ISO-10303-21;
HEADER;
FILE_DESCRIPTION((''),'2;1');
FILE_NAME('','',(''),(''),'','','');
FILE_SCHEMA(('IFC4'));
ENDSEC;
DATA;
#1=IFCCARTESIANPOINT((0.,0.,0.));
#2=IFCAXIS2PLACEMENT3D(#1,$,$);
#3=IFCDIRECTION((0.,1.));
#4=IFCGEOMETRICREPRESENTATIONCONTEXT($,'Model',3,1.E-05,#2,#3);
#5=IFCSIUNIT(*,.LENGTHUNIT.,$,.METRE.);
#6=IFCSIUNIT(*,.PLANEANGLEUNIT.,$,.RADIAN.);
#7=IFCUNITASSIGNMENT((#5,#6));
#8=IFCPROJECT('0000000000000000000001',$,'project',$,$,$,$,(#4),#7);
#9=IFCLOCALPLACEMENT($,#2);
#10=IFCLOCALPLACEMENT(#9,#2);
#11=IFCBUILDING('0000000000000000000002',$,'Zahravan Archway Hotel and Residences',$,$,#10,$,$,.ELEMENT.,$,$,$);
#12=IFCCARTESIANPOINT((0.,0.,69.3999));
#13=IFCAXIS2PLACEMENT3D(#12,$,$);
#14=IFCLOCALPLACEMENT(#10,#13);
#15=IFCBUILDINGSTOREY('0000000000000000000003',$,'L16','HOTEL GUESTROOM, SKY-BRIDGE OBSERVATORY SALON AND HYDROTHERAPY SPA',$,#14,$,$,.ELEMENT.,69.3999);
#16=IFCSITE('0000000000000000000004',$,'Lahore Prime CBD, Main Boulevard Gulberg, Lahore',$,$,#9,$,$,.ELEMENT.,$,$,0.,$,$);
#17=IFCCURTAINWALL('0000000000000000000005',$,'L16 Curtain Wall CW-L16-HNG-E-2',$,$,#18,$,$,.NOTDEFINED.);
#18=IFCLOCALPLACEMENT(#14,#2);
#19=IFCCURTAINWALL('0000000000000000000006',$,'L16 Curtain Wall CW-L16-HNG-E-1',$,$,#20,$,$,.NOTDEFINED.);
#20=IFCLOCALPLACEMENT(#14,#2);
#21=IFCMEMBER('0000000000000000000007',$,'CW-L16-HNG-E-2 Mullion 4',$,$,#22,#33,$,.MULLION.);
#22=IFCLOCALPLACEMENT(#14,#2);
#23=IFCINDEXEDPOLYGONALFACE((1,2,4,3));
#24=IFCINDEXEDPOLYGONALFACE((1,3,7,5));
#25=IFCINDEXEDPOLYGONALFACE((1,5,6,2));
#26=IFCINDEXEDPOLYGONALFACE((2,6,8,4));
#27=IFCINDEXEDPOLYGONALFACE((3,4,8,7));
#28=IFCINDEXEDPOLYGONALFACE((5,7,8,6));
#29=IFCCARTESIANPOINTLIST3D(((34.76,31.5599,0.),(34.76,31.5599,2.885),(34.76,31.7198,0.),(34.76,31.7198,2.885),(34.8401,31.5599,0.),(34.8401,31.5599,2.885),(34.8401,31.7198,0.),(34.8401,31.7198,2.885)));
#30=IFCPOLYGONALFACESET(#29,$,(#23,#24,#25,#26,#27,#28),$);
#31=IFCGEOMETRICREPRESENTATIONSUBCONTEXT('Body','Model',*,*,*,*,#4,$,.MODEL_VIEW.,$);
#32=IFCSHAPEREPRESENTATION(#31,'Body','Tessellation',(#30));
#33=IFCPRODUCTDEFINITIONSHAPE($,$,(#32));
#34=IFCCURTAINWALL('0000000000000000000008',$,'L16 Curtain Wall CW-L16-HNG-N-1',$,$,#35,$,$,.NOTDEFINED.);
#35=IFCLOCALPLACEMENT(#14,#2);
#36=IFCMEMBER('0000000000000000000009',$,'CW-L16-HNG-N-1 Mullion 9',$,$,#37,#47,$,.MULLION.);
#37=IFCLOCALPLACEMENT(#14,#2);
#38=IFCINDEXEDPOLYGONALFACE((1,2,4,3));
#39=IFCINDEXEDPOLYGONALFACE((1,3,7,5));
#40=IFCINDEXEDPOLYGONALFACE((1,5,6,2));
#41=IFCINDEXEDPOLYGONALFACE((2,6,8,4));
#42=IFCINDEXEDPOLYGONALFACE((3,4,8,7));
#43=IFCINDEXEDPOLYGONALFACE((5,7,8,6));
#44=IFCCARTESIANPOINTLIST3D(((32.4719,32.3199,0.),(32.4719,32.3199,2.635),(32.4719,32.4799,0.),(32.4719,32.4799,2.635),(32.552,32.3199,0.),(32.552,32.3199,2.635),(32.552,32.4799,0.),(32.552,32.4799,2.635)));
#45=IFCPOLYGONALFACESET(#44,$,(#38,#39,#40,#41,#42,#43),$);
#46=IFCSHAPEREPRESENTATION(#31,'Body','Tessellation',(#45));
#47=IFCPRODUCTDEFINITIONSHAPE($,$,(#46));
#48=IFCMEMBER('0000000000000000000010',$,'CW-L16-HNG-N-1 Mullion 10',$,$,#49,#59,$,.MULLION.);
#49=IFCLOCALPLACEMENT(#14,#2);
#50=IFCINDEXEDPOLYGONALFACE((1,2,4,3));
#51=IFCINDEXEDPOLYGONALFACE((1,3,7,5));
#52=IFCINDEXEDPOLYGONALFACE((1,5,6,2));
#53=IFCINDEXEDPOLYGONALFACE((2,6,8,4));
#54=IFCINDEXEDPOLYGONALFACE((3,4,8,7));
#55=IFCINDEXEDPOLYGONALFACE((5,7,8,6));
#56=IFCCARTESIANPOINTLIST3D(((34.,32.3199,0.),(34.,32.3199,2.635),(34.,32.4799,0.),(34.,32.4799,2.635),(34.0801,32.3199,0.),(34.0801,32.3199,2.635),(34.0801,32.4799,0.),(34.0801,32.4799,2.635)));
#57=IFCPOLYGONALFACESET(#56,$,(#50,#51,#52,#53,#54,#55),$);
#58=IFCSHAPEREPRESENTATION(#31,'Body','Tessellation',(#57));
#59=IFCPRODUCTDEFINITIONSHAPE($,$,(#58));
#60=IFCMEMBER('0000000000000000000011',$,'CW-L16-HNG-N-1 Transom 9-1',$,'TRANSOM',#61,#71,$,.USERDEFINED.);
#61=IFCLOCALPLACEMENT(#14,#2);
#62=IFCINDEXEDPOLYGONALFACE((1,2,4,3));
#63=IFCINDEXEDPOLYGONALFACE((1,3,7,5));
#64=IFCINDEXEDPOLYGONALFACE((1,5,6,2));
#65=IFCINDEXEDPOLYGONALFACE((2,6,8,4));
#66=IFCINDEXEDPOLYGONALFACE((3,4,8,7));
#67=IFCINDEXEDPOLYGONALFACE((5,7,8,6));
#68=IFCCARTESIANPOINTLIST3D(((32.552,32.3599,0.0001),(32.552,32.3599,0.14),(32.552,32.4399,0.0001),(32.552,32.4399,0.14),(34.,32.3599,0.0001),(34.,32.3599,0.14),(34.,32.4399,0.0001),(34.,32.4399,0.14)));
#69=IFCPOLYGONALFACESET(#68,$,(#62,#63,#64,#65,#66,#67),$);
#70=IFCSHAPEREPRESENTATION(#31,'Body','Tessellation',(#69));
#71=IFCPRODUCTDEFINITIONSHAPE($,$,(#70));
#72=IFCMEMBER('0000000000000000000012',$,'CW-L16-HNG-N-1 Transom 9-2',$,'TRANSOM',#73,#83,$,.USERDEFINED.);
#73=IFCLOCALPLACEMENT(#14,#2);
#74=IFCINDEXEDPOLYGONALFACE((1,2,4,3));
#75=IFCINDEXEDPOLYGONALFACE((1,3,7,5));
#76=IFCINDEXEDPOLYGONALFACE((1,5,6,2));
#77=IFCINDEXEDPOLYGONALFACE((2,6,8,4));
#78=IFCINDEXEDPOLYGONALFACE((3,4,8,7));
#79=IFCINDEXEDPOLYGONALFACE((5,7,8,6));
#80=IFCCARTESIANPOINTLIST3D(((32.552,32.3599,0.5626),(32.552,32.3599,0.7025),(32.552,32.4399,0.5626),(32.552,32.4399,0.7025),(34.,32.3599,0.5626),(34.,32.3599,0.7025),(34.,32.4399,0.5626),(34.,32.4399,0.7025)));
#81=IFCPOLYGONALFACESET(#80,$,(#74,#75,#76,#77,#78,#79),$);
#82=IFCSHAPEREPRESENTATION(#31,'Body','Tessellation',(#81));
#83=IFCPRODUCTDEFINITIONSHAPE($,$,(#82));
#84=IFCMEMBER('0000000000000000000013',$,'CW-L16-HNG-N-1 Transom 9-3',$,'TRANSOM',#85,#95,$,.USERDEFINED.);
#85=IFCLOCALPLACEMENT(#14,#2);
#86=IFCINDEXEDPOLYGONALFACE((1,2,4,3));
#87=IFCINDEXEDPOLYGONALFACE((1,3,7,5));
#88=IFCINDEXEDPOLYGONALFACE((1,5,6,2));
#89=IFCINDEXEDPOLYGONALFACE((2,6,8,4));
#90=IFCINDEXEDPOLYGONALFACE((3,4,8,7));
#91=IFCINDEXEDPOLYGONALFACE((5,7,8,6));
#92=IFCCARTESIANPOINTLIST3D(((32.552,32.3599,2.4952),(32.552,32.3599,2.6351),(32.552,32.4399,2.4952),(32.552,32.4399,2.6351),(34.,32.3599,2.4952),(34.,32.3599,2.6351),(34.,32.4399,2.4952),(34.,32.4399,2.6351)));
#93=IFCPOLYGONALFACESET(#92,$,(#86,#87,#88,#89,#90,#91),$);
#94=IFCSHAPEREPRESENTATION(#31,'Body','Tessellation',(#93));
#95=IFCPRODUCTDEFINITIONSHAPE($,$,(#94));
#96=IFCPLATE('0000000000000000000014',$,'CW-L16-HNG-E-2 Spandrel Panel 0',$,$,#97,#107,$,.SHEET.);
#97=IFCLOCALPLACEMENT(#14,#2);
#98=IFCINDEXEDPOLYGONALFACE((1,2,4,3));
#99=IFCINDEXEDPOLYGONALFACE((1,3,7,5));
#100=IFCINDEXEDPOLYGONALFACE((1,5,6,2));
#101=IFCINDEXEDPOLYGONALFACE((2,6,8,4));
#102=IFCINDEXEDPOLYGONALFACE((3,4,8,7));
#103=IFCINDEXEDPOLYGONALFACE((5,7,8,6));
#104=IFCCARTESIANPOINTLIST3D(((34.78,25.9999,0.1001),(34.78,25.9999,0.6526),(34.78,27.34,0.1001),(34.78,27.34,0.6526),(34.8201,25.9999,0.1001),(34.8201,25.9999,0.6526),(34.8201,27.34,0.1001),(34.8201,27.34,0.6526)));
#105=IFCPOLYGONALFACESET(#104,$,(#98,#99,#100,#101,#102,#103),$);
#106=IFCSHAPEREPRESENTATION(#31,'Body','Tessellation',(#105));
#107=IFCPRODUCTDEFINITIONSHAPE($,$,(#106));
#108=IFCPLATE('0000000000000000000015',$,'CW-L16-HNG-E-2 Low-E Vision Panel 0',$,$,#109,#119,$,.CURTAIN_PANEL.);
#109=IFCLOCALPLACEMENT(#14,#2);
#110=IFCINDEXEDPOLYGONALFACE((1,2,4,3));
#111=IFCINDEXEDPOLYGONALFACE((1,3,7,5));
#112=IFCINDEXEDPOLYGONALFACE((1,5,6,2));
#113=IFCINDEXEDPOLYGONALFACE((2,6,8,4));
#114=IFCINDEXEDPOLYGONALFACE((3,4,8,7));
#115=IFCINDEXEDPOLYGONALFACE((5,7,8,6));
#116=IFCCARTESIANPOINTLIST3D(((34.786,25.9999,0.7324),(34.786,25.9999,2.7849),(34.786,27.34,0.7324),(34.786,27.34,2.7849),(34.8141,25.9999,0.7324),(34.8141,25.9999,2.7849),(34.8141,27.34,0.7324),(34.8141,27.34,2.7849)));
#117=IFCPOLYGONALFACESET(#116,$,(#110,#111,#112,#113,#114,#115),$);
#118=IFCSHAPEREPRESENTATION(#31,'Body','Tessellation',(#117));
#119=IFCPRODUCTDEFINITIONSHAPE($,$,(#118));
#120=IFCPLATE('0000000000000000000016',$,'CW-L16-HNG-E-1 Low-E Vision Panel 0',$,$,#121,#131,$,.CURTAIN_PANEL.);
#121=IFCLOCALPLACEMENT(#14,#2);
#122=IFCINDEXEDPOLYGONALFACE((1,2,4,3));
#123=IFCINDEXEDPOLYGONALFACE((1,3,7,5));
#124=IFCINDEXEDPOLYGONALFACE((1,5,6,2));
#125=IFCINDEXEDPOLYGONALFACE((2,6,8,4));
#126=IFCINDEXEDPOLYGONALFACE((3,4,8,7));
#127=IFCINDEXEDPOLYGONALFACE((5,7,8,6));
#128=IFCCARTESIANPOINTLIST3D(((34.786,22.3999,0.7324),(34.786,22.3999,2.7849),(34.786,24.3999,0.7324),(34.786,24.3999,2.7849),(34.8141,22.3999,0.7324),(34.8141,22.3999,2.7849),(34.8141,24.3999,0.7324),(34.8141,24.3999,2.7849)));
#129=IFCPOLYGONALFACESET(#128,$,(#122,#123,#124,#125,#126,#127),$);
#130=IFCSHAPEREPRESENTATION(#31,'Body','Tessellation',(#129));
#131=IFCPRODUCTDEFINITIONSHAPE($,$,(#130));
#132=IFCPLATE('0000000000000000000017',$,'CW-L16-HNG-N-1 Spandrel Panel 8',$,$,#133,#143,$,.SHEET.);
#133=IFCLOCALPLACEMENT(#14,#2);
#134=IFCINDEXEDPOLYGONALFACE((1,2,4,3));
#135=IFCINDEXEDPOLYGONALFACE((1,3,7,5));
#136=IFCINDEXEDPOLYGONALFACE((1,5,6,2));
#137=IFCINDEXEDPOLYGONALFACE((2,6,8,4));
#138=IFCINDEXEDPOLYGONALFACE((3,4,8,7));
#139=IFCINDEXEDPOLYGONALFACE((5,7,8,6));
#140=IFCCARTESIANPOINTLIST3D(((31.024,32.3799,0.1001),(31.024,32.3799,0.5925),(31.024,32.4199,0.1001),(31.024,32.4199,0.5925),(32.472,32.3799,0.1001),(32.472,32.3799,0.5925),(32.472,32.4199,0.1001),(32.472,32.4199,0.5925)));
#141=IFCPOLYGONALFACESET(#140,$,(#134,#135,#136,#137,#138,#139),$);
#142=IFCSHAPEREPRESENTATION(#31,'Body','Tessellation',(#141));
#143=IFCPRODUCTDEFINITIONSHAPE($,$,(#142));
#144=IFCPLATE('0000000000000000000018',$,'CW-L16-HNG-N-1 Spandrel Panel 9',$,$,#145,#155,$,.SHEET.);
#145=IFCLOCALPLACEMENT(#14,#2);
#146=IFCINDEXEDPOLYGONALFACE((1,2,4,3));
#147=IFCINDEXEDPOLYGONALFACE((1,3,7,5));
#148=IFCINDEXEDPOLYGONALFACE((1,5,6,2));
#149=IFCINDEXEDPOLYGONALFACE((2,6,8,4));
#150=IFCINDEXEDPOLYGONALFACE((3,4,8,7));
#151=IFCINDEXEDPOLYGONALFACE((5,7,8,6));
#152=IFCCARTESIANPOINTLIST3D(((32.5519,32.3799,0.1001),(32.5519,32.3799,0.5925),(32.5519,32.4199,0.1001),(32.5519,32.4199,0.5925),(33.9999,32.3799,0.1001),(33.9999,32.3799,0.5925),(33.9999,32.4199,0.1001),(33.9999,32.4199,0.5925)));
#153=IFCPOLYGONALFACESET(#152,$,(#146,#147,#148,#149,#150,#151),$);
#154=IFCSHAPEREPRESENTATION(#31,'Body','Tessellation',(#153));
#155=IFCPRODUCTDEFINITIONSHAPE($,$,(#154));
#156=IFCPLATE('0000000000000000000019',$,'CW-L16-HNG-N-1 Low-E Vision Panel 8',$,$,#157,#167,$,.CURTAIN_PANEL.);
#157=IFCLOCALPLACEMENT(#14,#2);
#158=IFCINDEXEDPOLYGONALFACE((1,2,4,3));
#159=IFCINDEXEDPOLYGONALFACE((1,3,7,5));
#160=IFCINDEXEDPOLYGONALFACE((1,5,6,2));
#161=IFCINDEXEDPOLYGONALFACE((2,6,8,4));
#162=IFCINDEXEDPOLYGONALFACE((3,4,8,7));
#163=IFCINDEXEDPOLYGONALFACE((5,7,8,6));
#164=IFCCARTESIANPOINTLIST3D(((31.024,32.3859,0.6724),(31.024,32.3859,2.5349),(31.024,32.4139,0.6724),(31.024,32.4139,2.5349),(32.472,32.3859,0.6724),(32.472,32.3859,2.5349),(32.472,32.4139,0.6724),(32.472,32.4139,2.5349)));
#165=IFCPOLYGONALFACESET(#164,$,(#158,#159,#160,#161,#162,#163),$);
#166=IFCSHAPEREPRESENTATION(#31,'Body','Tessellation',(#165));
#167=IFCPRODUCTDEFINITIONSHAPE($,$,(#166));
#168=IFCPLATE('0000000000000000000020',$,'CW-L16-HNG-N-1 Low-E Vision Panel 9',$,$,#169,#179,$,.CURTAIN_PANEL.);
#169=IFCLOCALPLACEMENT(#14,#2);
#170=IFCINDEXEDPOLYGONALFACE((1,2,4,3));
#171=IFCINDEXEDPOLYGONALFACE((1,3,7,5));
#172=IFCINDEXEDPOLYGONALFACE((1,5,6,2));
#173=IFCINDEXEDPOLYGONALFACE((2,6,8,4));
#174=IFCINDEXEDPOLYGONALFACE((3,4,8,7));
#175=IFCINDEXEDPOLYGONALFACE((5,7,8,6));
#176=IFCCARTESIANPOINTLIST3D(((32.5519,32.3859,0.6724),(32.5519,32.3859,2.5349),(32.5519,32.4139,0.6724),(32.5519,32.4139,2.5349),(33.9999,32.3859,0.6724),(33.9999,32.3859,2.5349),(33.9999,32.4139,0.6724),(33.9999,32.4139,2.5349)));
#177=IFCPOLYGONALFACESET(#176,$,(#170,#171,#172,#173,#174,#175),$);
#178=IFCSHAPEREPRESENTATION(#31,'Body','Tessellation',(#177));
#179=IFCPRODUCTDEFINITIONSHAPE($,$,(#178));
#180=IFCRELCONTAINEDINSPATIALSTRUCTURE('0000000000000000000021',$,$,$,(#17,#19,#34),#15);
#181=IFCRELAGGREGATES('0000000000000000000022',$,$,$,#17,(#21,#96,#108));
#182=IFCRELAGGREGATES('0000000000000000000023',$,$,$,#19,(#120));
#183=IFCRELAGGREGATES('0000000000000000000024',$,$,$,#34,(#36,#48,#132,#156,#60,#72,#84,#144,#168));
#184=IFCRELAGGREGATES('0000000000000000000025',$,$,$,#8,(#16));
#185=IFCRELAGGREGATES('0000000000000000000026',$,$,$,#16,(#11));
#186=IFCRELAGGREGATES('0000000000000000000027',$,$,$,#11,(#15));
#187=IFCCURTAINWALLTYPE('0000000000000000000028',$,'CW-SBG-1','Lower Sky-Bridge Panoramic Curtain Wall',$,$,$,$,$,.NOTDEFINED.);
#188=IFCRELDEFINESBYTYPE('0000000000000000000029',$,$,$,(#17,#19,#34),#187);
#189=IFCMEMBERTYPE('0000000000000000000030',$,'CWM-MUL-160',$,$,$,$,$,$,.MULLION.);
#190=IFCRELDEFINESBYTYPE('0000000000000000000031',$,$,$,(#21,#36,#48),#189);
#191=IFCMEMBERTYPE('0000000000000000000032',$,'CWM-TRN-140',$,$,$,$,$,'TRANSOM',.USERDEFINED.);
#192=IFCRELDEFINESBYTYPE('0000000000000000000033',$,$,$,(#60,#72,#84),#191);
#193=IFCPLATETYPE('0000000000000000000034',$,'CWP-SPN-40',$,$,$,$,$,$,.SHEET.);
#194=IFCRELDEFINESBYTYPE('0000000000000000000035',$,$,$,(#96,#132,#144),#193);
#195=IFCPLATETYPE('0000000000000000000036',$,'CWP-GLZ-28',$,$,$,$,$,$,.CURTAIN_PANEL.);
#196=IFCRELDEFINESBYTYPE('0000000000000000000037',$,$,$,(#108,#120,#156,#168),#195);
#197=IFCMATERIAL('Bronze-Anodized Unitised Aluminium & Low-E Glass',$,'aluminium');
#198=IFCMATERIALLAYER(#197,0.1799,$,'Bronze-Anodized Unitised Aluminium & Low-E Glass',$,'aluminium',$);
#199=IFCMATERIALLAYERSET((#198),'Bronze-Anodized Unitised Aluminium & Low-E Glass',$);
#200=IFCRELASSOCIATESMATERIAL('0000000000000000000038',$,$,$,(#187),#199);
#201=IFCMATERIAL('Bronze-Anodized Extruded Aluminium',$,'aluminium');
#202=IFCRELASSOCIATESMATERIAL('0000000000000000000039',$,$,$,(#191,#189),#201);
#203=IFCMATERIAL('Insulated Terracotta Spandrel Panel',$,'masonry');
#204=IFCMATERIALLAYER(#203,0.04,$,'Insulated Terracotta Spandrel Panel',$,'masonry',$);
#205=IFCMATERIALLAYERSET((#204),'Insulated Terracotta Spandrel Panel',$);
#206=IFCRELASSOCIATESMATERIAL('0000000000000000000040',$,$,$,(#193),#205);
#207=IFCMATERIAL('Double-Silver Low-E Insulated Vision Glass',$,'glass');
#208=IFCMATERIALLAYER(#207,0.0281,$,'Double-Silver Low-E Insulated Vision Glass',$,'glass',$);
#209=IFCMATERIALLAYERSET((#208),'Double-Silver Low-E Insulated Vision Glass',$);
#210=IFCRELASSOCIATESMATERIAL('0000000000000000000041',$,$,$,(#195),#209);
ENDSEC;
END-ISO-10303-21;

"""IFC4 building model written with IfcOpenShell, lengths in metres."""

from ifc_helpers import new_model, si_unit, direction, frame, origin, origin_2d, place, context, subcontext, project, spatial, rectangle, extrude, source, transform, mapped, material, layer, layer_set, material_profile, profile_set, type_object, element, aggregate, save


model = new_model("IFC4")

# Units and contexts
model_context = context("Model", 3, precision=1e-05, world=origin(), true_north=direction((0.0, 1.0)))
body_context = subcontext(model_context, "Body", "Model", "MODEL_VIEW")
ifc_project = project(units=[si_unit("LENGTHUNIT", "METRE"), si_unit("PLANEANGLEUNIT", "RADIAN")], contexts=[model_context])

# Site, building, storey
site_placement = place(None, origin())
site = spatial("IfcSite", under=ifc_project, at=site_placement, Name="Lahore Prime CBD, Main Boulevard Gulberg, Lahore", CompositionType="ELEMENT", RefElevation=0.0)
building_placement = place(site_placement, origin())
building = spatial("IfcBuilding", under=site, at=building_placement, Name="Zahravan Archway Hotel and Residences", CompositionType="ELEMENT")
storey_placement = place(building_placement, frame((0.0, 0.0, 69.3999)))
storey = spatial("IfcBuildingStorey", under=building, at=storey_placement, Name="L16", Description="HOTEL GUESTROOM, SKY-BRIDGE OBSERVATORY SALON AND HYDROTHERAPY SPA", CompositionType="ELEMENT", Elevation=69.3999)

# Curtain wall
ifc_material_1 = material(Name="Bronze-Anodized Unitised Aluminium & Low-E Glass", Category="aluminium")
ifc_layer_1 = layer(ifc_material_1, 0.1799, Name="Bronze-Anodized Unitised Aluminium & Low-E Glass", Category="aluminium")
ifc_layer_set_1 = layer_set([ifc_layer_1], Name="Bronze-Anodized Unitised Aluminium & Low-E Glass")
curtain_wall_type = type_object("IfcCurtainWallType", Name="CW-SBG-1", Description="Lower Sky-Bridge Panoramic Curtain Wall", PredefinedType="NOTDEFINED", material=ifc_layer_set_1)
curtain_wall_1_placement = place(storey_placement, origin())
curtain_wall_1 = element("IfcCurtainWall", 1, at=curtain_wall_1_placement, inside=storey, type_object=curtain_wall_type, Name="L16 Curtain Wall CW-L16-HNG-E-2", PredefinedType="NOTDEFINED")
ifc_material_2 = material(Name="Bronze-Anodized Extruded Aluminium", Category="aluminium")
ifc_material_profile_1 = material_profile(ifc_material_2, rectangle(XDim=0.0801, YDim=0.1399, at=origin_2d()), Name="TRN 80x140", Category="aluminium")
ifc_profile_set_1 = profile_set([ifc_material_profile_1], Name="Bronze-Anodized Extruded Aluminium")
member_type_1 = type_object("IfcMemberType", Name="CWM-TRN-140", ElementType="TRANSOM", PredefinedType="USERDEFINED", material=ifc_profile_set_1)

# Curtain wall
curtain_wall_2_placement = place(storey_placement, origin())
curtain_wall_2 = element("IfcCurtainWall", 2, at=curtain_wall_2_placement, inside=storey, type_object=curtain_wall_type, Name="L16 Curtain Wall CW-L16-HNG-E-1", PredefinedType="NOTDEFINED")
ifc_material_profile_2 = material_profile(ifc_material_2, rectangle(XDim=0.0801, YDim=0.1599, at=origin_2d()), Name="MUL 80x160", Category="aluminium")
ifc_profile_set_2 = profile_set([ifc_material_profile_2], Name="Bronze-Anodized Extruded Aluminium")
member_type_2 = type_object("IfcMemberType", Name="CWM-MUL-160", PredefinedType="MULLION", material=ifc_profile_set_2)
shared_shape_1 = source(origin(), body_context, "Body", "SweptSolid", [
    extrude(rectangle(XDim=0.0801, YDim=0.1599, at=origin_2d()), origin(), (0.0, 0.0, 1.0), 2.885),
])

# Member
member_1_placement = place(storey_placement, frame((34.8, 31.6399, 0.0), z_axis=(0.0, 0.0, 1.0), x_axis=(1.0, 0.0, 0.0)))
member_1 = element("IfcMember", 3, at=member_1_placement, type_object=member_type_2, Name="CW-L16-HNG-E-2 Mullion 4", PredefinedType="MULLION", context=body_context, shape_type="MappedRepresentation", body=[
    mapped(shared_shape_1, transform((0.0, 0.0, 0.0), scale=1.0)),
])

# Curtain wall, members
curtain_wall_3_placement = place(storey_placement, origin())
curtain_wall_3 = element("IfcCurtainWall", 4, at=curtain_wall_3_placement, inside=storey, type_object=curtain_wall_type, Name="L16 Curtain Wall CW-L16-HNG-N-1", PredefinedType="NOTDEFINED")
shared_shape_2 = source(origin(), body_context, "Body", "SweptSolid", [
    extrude(rectangle(XDim=0.0801, YDim=0.1599, at=origin_2d()), origin(), (0.0, 0.0, 1.0), 2.635),
])
member_2_placement = place(storey_placement, frame((32.512, 32.3999, 0.0), z_axis=(0.0, 0.0, 1.0), x_axis=(1.0, 0.0, 0.0)))
member_2 = element("IfcMember", 5, at=member_2_placement, type_object=member_type_2, Name="CW-L16-HNG-N-1 Mullion 9", PredefinedType="MULLION", context=body_context, shape_type="MappedRepresentation", body=[
    mapped(shared_shape_2, transform((0.0, 0.0, 0.0), scale=1.0)),
])
member_3_placement = place(storey_placement, frame((34.04, 32.3999, 0.0), z_axis=(0.0, 0.0, 1.0), x_axis=(1.0, 0.0, 0.0)))
member_3 = element("IfcMember", 6, at=member_3_placement, type_object=member_type_2, Name="CW-L16-HNG-N-1 Mullion 10", PredefinedType="MULLION", context=body_context, shape_type="MappedRepresentation", body=[
    mapped(shared_shape_2, transform((0.0, 0.0, 0.0), scale=1.0)),
])
shared_shape_3 = source(origin(), body_context, "Body", "SweptSolid", [
    extrude(rectangle(XDim=0.0801, YDim=0.1399, at=origin_2d()), origin(), (0.0, 0.0, 1.0), 1.448),
])
member_4_placement = place(storey_placement, frame((32.552, 32.3999, 0.0701), z_axis=(1.0, 0.0, 0.0), x_axis=(0.0, 1.0, 0.0)))
member_4 = element("IfcMember", 7, at=member_4_placement, type_object=member_type_1, Name="CW-L16-HNG-N-1 Transom 9-1", ObjectType="TRANSOM", PredefinedType="USERDEFINED", context=body_context, shape_type="MappedRepresentation", body=[
    mapped(shared_shape_3, transform((0.0, 0.0, 0.0), scale=1.0)),
])
member_5_placement = place(storey_placement, frame((32.552, 32.3999, 0.6326), z_axis=(1.0, 0.0, 0.0), x_axis=(0.0, 1.0, 0.0)))
member_5 = element("IfcMember", 8, at=member_5_placement, type_object=member_type_1, Name="CW-L16-HNG-N-1 Transom 9-2", ObjectType="TRANSOM", PredefinedType="USERDEFINED", context=body_context, shape_type="MappedRepresentation", body=[
    mapped(shared_shape_3, transform((0.0, 0.0, 0.0), scale=1.0)),
])
member_6_placement = place(storey_placement, frame((32.552, 32.3999, 2.5652), z_axis=(1.0, 0.0, 0.0), x_axis=(0.0, 1.0, 0.0)))
member_6 = element("IfcMember", 9, at=member_6_placement, type_object=member_type_1, Name="CW-L16-HNG-N-1 Transom 9-3", ObjectType="TRANSOM", PredefinedType="USERDEFINED", context=body_context, shape_type="MappedRepresentation", body=[
    mapped(shared_shape_3, transform((0.0, 0.0, 0.0), scale=1.0)),
])

# Plates
ifc_material_3 = material(Name="Insulated Terracotta Spandrel Panel", Category="masonry")
ifc_layer_2 = layer(ifc_material_3, 0.04, Name="Insulated Terracotta Spandrel Panel", Category="masonry")
ifc_layer_set_2 = layer_set([ifc_layer_2], Name="Insulated Terracotta Spandrel Panel")
plate_type_1 = type_object("IfcPlateType", Name="CWP-SPN-40", PredefinedType="SHEET", material=ifc_layer_set_2)
shared_shape_4 = source(origin(), body_context, "Body", "SweptSolid", [
    extrude(rectangle(XDim=1.3401, YDim=0.04, at=origin_2d()), origin(), (0.0, 0.0, 1.0), 0.5525),
])
plate_1_placement = place(storey_placement, frame((34.8, 26.6699, 0.1001), z_axis=(0.0, 0.0, 1.0), x_axis=(0.0, 1.0, 0.0)))
plate_1 = element("IfcPlate", 10, at=plate_1_placement, type_object=plate_type_1, Name="CW-L16-HNG-E-2 Spandrel Panel 0", PredefinedType="SHEET", context=body_context, shape_type="MappedRepresentation", body=[
    mapped(shared_shape_4, transform((0.0, 0.0, 0.0), scale=1.0)),
])
ifc_material_4 = material(Name="Double-Silver Low-E Insulated Vision Glass", Category="glass")
ifc_layer_3 = layer(ifc_material_4, 0.0281, Name="Double-Silver Low-E Insulated Vision Glass", Category="glass")
ifc_layer_set_3 = layer_set([ifc_layer_3], Name="Double-Silver Low-E Insulated Vision Glass")
plate_type_2 = type_object("IfcPlateType", Name="CWP-GLZ-28", PredefinedType="CURTAIN_PANEL", material=ifc_layer_set_3)
shared_shape_5 = source(origin(), body_context, "Body", "SweptSolid", [
    extrude(rectangle(XDim=1.3401, YDim=0.0281, at=origin_2d()), origin(), (0.0, 0.0, 1.0), 2.0525),
])
plate_2_placement = place(storey_placement, frame((34.8, 26.6699, 0.7324), z_axis=(0.0, 0.0, 1.0), x_axis=(0.0, 1.0, 0.0)))
plate_2 = element("IfcPlate", 11, at=plate_2_placement, type_object=plate_type_2, Name="CW-L16-HNG-E-2 Low-E Vision Panel 0", PredefinedType="CURTAIN_PANEL", context=body_context, shape_type="MappedRepresentation", body=[
    mapped(shared_shape_5, transform((0.0, 0.0, 0.0), scale=1.0)),
])
aggregate(curtain_wall_1, [member_1, plate_1, plate_2])
shared_shape_6 = source(origin(), body_context, "Body", "SweptSolid", [
    extrude(rectangle(XDim=2.0, YDim=0.0281, at=origin_2d()), origin(), (0.0, 0.0, 1.0), 2.0525),
])
plate_3_placement = place(storey_placement, frame((34.8, 23.3999, 0.7324), z_axis=(0.0, 0.0, 1.0), x_axis=(0.0, 1.0, 0.0)))
plate_3 = element("IfcPlate", 12, at=plate_3_placement, type_object=plate_type_2, Name="CW-L16-HNG-E-1 Low-E Vision Panel 0", PredefinedType="CURTAIN_PANEL", context=body_context, shape_type="MappedRepresentation", body=[
    mapped(shared_shape_6, transform((0.0, 0.0, 0.0), scale=1.0)),
])
aggregate(curtain_wall_2, [plate_3])
shared_shape_7 = source(origin(), body_context, "Body", "SweptSolid", [
    extrude(rectangle(XDim=1.448, YDim=0.04, at=origin_2d()), origin(), (0.0, 0.0, 1.0), 0.4924),
])
plate_4_placement = place(storey_placement, frame((31.748, 32.3999, 0.1001), z_axis=(0.0, 0.0, 1.0), x_axis=(1.0, 0.0, 0.0)))
plate_4 = element("IfcPlate", 13, at=plate_4_placement, type_object=plate_type_1, Name="CW-L16-HNG-N-1 Spandrel Panel 8", PredefinedType="SHEET", context=body_context, shape_type="MappedRepresentation", body=[
    mapped(shared_shape_7, transform((0.0, 0.0, 0.0), scale=1.0)),
])
plate_5_placement = place(storey_placement, frame((33.2759, 32.3999, 0.1001), z_axis=(0.0, 0.0, 1.0), x_axis=(1.0, 0.0, 0.0)))
plate_5 = element("IfcPlate", 14, at=plate_5_placement, type_object=plate_type_1, Name="CW-L16-HNG-N-1 Spandrel Panel 9", PredefinedType="SHEET", context=body_context, shape_type="MappedRepresentation", body=[
    mapped(shared_shape_7, transform((0.0, 0.0, 0.0), scale=1.0)),
])
shared_shape_8 = source(origin(), body_context, "Body", "SweptSolid", [
    extrude(rectangle(XDim=1.448, YDim=0.0281, at=origin_2d()), origin(), (0.0, 0.0, 1.0), 1.8625),
])
plate_6_placement = place(storey_placement, frame((31.748, 32.3999, 0.6724), z_axis=(0.0, 0.0, 1.0), x_axis=(1.0, 0.0, 0.0)))
plate_6 = element("IfcPlate", 15, at=plate_6_placement, type_object=plate_type_2, Name="CW-L16-HNG-N-1 Low-E Vision Panel 8", PredefinedType="CURTAIN_PANEL", context=body_context, shape_type="MappedRepresentation", body=[
    mapped(shared_shape_8, transform((0.0, 0.0, 0.0), scale=1.0)),
])
plate_7_placement = place(storey_placement, frame((33.2759, 32.3999, 0.6724), z_axis=(0.0, 0.0, 1.0), x_axis=(1.0, 0.0, 0.0)))
plate_7 = element("IfcPlate", 16, at=plate_7_placement, type_object=plate_type_2, Name="CW-L16-HNG-N-1 Low-E Vision Panel 9", PredefinedType="CURTAIN_PANEL", context=body_context, shape_type="MappedRepresentation", body=[
    mapped(shared_shape_8, transform((0.0, 0.0, 0.0), scale=1.0)),
])
aggregate(curtain_wall_3, [member_2, member_3, plate_4, plate_6, member_4, member_5, member_6, plate_5, plate_7])

save(model, "model.ifc")
